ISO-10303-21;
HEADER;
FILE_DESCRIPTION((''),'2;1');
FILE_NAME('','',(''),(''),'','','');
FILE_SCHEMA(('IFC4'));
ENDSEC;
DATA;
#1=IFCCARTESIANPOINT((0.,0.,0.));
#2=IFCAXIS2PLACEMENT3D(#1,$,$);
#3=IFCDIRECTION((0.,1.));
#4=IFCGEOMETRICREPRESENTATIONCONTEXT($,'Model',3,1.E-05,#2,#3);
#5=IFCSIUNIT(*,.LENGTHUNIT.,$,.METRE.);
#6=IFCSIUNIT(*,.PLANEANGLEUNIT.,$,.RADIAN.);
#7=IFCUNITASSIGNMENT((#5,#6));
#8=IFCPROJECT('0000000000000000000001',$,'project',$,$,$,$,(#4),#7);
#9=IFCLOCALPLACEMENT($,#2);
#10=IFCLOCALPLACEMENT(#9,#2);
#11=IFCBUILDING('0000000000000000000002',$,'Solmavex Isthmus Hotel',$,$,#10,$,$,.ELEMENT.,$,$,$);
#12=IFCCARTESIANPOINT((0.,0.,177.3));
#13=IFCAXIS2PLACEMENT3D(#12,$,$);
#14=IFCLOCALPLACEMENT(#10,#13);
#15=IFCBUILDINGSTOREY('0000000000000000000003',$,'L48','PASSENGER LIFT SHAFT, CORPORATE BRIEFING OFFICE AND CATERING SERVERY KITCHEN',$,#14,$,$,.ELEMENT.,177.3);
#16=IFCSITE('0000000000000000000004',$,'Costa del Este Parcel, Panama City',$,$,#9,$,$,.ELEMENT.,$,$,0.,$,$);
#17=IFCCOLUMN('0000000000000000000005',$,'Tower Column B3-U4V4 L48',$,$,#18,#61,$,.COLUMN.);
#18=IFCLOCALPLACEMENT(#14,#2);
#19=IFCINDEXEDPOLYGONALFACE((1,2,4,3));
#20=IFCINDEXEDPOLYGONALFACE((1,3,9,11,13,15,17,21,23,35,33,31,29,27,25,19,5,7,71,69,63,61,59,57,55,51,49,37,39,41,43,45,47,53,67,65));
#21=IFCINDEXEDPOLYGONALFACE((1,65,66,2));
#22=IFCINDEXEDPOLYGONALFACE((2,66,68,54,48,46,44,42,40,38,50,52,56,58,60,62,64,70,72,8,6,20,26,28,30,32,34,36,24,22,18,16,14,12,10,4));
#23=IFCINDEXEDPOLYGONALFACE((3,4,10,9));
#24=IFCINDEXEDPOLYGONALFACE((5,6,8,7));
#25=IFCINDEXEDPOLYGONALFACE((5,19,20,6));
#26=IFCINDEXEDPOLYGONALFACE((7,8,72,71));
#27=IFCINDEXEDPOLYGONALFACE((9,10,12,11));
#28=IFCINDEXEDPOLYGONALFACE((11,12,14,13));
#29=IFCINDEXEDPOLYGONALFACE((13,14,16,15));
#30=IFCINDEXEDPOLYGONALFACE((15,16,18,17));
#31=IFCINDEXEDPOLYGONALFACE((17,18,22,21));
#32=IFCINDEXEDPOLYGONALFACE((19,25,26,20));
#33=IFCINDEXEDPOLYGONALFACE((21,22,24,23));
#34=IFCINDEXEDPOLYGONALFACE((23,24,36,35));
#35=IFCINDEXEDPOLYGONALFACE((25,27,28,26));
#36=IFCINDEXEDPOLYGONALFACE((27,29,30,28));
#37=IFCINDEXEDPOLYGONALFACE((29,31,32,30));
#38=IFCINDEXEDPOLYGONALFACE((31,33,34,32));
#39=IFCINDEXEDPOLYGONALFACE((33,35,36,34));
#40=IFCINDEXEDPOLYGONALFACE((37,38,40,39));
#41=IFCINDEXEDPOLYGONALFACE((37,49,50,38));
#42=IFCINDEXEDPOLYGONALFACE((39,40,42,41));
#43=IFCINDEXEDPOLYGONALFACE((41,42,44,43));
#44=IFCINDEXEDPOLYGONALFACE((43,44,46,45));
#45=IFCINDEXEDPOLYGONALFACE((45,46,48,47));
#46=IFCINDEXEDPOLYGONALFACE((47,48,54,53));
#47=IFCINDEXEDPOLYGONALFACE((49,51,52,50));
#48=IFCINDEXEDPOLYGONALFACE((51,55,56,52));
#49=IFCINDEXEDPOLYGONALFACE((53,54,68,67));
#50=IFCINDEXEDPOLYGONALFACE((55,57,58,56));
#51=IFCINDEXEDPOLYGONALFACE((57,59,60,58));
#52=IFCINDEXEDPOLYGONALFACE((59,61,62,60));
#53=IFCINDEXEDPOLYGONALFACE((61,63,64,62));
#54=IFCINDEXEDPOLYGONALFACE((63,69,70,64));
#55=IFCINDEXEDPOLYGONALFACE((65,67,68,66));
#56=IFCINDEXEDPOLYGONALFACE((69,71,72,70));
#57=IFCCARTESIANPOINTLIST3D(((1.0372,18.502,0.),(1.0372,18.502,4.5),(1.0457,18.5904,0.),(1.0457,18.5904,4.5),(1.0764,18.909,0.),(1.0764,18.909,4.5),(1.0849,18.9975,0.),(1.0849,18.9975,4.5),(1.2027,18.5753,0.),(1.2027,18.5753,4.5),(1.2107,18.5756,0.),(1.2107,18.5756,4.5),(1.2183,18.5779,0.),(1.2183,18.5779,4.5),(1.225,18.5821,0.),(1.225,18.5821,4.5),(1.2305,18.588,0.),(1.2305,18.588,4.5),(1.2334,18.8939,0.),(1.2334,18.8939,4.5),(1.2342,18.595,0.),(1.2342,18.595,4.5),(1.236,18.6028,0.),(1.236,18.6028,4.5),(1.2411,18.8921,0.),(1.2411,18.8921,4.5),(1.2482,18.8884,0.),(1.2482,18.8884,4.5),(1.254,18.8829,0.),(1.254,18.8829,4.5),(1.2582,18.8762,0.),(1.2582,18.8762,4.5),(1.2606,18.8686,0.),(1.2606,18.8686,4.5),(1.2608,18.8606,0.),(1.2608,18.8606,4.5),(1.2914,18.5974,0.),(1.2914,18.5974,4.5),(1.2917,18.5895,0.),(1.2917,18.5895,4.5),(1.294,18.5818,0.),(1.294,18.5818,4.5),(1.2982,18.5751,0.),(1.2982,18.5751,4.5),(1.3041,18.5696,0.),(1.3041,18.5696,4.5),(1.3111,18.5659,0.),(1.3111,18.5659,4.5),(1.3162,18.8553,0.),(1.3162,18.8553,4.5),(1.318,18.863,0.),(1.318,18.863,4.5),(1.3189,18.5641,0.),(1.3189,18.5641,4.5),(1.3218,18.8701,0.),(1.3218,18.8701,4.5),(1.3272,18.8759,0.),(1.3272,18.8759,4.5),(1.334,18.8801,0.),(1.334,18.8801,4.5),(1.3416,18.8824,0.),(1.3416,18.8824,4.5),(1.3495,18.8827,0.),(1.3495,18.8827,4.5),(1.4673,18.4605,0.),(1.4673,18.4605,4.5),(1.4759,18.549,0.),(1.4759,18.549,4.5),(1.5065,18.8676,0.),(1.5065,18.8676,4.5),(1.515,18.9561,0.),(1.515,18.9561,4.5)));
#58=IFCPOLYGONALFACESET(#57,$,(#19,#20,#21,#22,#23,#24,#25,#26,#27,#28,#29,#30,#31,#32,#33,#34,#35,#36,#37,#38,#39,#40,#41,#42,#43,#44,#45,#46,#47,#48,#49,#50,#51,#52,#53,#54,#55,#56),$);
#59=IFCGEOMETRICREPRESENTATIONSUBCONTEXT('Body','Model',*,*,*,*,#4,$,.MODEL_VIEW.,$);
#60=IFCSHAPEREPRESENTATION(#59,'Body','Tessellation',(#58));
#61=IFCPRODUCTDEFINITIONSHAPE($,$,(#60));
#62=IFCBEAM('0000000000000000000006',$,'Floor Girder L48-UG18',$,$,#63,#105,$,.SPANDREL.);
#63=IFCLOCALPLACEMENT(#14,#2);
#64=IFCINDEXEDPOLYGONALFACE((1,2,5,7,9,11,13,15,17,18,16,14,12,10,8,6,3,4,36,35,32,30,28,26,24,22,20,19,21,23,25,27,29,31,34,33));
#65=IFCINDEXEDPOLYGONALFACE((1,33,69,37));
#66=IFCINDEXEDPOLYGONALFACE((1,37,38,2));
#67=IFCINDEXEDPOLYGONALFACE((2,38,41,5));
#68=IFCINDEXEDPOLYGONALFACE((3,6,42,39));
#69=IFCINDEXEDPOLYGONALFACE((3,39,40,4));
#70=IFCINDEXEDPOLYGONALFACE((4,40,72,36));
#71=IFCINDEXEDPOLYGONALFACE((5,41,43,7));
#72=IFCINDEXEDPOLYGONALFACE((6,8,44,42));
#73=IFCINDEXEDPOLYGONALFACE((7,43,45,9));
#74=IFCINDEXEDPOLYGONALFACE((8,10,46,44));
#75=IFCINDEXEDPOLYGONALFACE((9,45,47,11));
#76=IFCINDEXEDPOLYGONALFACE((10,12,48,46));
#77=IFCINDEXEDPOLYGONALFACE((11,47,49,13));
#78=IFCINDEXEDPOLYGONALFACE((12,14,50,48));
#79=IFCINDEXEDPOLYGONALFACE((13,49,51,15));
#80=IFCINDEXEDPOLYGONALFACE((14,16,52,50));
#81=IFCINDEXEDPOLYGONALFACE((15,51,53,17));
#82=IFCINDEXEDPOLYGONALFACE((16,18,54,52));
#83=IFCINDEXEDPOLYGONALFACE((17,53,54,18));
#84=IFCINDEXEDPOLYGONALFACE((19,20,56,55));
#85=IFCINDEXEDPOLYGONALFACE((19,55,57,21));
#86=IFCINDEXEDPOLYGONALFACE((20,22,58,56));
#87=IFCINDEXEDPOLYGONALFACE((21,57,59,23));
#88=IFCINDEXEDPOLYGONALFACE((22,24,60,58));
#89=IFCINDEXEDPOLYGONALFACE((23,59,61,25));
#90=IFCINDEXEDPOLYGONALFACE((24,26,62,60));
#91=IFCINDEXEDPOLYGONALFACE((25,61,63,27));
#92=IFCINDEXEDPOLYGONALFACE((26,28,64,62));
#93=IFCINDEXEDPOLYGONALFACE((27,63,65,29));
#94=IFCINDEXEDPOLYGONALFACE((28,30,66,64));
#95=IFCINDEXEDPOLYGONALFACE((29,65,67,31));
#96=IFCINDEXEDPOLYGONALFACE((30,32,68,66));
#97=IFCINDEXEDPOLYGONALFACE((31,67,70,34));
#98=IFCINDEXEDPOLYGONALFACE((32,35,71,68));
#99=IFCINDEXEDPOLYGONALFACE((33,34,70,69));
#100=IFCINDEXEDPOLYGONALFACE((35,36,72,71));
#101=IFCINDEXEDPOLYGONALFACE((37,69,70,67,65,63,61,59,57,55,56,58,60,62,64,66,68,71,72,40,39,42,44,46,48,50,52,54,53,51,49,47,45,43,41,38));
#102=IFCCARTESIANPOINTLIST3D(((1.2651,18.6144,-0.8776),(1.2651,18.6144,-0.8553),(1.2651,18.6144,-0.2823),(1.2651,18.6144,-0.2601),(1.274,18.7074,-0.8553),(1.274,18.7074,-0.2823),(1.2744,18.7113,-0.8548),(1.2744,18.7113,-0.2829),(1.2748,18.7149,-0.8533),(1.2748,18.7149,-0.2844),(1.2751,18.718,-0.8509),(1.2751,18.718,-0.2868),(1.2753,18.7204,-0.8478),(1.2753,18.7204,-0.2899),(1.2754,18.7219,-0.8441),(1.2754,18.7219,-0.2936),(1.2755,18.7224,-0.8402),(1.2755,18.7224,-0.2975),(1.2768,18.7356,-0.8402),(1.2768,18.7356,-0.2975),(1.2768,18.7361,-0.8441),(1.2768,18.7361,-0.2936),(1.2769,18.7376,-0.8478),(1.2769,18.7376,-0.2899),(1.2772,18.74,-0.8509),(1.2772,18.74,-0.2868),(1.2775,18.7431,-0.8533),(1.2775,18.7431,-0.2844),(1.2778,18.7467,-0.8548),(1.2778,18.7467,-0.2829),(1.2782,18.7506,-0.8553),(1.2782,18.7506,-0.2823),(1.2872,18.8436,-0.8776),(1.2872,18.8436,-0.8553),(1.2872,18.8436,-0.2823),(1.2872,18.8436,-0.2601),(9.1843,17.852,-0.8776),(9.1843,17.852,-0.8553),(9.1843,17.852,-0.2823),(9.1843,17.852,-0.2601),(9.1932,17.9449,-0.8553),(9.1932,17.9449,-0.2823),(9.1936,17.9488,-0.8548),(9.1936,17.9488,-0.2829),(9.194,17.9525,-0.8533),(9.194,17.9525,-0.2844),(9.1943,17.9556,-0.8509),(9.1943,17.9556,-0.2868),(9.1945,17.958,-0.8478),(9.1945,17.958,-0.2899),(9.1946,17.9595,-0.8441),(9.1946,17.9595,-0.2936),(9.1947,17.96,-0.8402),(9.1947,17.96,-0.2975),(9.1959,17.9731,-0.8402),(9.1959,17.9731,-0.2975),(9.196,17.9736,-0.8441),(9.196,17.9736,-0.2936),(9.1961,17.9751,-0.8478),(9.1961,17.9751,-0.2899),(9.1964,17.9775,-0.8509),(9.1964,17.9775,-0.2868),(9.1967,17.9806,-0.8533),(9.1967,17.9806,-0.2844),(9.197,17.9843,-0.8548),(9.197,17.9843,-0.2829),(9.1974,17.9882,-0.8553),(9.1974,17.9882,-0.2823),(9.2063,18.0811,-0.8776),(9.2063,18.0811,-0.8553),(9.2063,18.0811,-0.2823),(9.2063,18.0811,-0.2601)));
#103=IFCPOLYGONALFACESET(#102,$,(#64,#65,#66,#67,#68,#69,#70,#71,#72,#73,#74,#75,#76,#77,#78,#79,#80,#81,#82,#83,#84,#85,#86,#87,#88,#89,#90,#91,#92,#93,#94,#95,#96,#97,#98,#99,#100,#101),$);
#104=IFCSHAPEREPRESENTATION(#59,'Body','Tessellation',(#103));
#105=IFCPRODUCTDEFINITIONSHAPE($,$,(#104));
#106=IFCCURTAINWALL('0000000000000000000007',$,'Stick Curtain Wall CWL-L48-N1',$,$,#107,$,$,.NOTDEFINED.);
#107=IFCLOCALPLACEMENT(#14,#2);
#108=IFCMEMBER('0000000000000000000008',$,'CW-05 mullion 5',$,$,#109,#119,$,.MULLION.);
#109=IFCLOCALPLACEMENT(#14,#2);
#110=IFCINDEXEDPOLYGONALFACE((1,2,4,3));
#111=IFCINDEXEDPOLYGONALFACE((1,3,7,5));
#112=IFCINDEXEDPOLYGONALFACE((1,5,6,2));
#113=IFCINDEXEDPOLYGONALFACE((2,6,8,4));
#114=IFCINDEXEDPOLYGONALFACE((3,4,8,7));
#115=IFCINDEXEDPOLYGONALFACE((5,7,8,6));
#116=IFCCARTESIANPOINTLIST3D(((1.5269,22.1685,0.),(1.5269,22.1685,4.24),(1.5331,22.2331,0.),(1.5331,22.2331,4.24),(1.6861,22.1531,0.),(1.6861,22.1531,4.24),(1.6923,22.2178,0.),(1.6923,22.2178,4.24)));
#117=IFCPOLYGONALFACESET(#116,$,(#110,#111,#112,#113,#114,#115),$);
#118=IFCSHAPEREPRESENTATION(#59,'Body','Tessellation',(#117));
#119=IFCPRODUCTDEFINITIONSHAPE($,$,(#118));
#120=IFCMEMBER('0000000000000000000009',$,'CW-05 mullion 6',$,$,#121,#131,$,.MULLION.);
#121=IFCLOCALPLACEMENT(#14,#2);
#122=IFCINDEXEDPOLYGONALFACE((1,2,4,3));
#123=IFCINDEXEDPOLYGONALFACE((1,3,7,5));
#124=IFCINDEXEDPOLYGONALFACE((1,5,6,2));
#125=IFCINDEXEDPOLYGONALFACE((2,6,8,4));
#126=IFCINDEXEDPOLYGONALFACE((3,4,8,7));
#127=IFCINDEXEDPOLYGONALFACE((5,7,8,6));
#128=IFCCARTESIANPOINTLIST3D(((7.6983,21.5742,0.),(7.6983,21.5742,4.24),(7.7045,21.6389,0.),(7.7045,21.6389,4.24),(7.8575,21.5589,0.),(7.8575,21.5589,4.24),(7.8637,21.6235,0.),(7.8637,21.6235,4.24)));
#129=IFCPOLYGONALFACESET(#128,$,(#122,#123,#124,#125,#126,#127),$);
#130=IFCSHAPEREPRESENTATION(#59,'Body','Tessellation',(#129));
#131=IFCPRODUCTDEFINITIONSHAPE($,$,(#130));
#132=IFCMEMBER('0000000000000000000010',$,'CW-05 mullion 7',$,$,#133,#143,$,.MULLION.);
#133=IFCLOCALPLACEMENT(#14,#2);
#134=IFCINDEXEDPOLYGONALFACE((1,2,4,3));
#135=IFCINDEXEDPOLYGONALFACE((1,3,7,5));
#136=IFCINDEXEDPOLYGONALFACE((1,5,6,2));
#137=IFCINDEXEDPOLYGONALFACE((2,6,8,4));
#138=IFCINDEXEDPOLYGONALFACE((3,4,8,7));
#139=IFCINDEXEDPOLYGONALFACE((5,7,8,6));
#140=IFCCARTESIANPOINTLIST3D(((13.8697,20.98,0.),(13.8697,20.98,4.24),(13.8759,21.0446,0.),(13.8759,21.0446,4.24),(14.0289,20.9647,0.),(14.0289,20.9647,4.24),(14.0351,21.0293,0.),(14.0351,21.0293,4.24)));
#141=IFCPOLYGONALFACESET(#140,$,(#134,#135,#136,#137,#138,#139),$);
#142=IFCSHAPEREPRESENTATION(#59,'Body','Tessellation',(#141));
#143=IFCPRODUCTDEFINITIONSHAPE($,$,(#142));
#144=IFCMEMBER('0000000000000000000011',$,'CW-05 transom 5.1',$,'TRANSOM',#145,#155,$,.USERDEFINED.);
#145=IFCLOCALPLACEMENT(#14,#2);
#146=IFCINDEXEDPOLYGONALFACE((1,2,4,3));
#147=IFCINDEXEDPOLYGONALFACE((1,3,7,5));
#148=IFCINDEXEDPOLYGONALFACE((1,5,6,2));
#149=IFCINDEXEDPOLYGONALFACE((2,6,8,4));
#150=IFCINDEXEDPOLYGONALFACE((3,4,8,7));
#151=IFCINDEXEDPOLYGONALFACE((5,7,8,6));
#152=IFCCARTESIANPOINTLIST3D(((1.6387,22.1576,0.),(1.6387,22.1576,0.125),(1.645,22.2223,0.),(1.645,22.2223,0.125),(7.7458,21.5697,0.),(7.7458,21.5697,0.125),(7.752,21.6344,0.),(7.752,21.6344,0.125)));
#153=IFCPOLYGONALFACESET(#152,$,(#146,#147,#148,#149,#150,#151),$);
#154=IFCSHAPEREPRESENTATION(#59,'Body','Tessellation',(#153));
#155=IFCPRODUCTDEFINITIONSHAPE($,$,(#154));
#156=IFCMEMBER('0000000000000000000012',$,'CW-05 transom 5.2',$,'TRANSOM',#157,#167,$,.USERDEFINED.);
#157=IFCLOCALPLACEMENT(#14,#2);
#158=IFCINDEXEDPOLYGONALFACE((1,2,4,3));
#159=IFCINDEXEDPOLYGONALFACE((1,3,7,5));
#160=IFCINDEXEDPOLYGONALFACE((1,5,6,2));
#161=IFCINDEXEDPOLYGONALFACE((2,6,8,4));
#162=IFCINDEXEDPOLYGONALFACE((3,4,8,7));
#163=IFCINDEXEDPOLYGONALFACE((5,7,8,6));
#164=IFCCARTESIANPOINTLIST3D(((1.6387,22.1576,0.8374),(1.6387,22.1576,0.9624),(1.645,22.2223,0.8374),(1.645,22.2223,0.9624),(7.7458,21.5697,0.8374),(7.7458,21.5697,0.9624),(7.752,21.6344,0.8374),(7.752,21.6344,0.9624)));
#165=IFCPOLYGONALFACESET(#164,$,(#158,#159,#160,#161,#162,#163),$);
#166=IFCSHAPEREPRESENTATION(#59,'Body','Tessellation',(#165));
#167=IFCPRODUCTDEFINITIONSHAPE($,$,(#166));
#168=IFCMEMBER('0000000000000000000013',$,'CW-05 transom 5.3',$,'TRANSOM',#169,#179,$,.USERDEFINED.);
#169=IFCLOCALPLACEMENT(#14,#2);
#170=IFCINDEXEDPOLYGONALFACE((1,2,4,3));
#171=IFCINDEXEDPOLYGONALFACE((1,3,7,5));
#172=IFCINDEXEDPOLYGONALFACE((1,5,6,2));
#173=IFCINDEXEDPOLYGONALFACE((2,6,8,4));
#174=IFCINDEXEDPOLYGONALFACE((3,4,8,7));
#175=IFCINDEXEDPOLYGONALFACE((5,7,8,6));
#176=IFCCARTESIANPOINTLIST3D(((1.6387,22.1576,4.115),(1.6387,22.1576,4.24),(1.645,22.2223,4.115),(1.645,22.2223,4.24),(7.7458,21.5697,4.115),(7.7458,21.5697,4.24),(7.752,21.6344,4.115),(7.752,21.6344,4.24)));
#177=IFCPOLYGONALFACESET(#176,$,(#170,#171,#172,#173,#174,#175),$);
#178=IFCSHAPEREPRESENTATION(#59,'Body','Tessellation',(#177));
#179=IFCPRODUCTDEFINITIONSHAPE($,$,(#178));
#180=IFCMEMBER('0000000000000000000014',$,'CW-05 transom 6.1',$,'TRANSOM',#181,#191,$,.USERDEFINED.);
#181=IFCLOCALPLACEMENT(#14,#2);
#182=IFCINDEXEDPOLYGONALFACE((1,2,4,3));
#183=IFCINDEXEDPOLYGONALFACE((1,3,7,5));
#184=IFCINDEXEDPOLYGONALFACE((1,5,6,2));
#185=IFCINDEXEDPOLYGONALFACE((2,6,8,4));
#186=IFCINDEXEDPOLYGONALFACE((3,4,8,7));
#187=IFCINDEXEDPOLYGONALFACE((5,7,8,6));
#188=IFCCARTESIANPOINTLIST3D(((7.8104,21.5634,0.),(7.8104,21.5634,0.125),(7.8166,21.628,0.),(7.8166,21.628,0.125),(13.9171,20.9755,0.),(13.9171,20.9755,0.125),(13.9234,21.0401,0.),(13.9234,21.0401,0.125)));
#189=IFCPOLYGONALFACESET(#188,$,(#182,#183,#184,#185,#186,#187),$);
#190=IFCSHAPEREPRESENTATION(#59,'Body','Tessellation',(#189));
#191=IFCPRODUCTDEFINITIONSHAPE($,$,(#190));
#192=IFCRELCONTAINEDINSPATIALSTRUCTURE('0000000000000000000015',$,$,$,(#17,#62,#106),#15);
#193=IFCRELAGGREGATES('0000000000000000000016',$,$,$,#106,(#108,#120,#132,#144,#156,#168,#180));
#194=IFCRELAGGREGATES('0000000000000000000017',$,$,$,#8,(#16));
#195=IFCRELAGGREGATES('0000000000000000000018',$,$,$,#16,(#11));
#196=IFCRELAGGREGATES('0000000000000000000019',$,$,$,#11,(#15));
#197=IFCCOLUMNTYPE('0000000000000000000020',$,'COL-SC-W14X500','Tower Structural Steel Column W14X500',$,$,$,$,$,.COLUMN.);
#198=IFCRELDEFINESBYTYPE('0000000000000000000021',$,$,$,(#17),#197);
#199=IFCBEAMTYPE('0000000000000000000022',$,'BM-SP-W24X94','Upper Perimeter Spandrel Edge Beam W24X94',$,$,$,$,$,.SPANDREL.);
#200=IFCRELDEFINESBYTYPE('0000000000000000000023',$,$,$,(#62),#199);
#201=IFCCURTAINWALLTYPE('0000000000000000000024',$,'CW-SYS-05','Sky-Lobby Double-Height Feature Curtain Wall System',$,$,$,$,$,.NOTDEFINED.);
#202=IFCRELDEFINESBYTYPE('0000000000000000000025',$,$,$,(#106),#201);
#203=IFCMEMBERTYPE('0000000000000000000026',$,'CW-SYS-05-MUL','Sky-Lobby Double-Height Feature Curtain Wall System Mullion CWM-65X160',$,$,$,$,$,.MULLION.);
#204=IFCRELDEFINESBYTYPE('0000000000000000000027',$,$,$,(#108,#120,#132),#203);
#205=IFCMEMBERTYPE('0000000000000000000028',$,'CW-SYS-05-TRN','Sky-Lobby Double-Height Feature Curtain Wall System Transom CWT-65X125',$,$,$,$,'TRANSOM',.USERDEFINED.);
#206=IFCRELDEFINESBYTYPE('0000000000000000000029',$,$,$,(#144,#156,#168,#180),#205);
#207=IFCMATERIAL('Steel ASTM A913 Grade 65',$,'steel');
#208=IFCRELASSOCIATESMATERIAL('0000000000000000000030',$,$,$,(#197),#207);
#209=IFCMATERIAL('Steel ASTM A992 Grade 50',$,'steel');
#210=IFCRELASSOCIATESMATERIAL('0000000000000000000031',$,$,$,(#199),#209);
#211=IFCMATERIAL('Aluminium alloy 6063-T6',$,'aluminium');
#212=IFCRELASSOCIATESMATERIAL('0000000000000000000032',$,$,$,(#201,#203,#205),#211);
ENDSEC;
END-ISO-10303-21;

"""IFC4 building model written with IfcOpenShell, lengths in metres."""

from ifc_helpers import new_model, si_unit, direction, frame, origin, origin_2d, place, context, subcontext, project, spatial, rectangle, i_section, extrude, material, material_profile, profile_set, type_object, element, aggregate, save


model = new_model("IFC4")

# Units and contexts
model_context = context("Model", 3, precision=1e-05, world=origin(), true_north=direction((0.0, 1.0)))
body_context = subcontext(model_context, "Body", "Model", "MODEL_VIEW")
ifc_project = project(units=[si_unit("LENGTHUNIT", "METRE"), si_unit("PLANEANGLEUNIT", "RADIAN")], contexts=[model_context])

# Site, building, storey
site_placement = place(None, origin())
site = spatial("IfcSite", under=ifc_project, at=site_placement, Name="Costa del Este Parcel, Panama City", CompositionType="ELEMENT", RefElevation=0.0)
building_placement = place(site_placement, origin())
building = spatial("IfcBuilding", under=site, at=building_placement, Name="Solmavex Isthmus Hotel", CompositionType="ELEMENT")
storey_placement = place(building_placement, frame((0.0, 0.0, 177.3)))
storey = spatial("IfcBuildingStorey", under=building, at=storey_placement, Name="L48", Description="PASSENGER LIFT SHAFT, CORPORATE BRIEFING OFFICE AND CATERING SERVERY KITCHEN", CompositionType="ELEMENT", Elevation=177.3)

# Column
ifc_material_1 = material(Name="Steel ASTM A913 Grade 65", Category="steel")
ifc_material_profile_1 = material_profile(ifc_material_1, i_section(OverallWidth=0.4321, OverallDepth=0.4978, WebThickness=0.0557, FlangeThickness=0.0889, FilletRadius=0.0305, at=origin_2d()), Name="W14X500")
ifc_profile_set_1 = profile_set([ifc_material_profile_1], Name="Steel ASTM A913 Grade 65")
column_type = type_object("IfcColumnType", Name="COL-SC-W14X500", Description="Tower Structural Steel Column W14X500", PredefinedType="COLUMN", material=ifc_profile_set_1)
column_placement = place(storey_placement, frame((1.2761, 18.729, 0.0), z_axis=(0.0, 0.0, 1.0), x_axis=(0.995396, -0.095846, 0.0)))
element("IfcColumn", 1, at=column_placement, inside=storey, type_object=column_type, Name="Tower Column B3-U4V4 L48", PredefinedType="COLUMN", context=body_context, shape_type="SweptSolid", body=[
    extrude(i_section(OverallWidth=0.4321, OverallDepth=0.4978, WebThickness=0.0557, FlangeThickness=0.0889, FilletRadius=0.0305, at=origin_2d()), origin(), (0.0, 0.0, 1.0), 4.5),
])

# Beam
ifc_material_2 = material(Name="Steel ASTM A992 Grade 50", Category="steel")
ifc_material_profile_2 = material_profile(ifc_material_2, i_section(OverallWidth=0.2302, OverallDepth=0.6174, WebThickness=0.0132, FlangeThickness=0.0222, FilletRadius=0.0151, at=origin_2d()), Name="W24X94")
ifc_profile_set_2 = profile_set([ifc_material_profile_2], Name="Steel ASTM A992 Grade 50")
beam_type = type_object("IfcBeamType", Name="BM-SP-W24X94", Description="Upper Perimeter Spandrel Edge Beam W24X94", PredefinedType="SPANDREL", material=ifc_profile_set_2)
beam_placement = place(storey_placement, frame((1.2761, 18.729, -0.5688), z_axis=(0.995397, -0.095836, 0.0), x_axis=(0.095836, 0.995397, 0.0)))
element("IfcBeam", 2, at=beam_placement, inside=storey, type_object=beam_type, Name="Floor Girder L48-UG18", PredefinedType="SPANDREL", context=body_context, shape_type="SweptSolid", body=[
    extrude(i_section(OverallWidth=0.2302, OverallDepth=0.6174, WebThickness=0.0132, FlangeThickness=0.0222, FilletRadius=0.0151, at=origin_2d()), origin(), (0.0, 0.0, 1.0), 7.9558),
])

# Curtain wall, members
ifc_material_3 = material(Name="Aluminium alloy 6063-T6", Category="aluminium")
curtain_wall_type = type_object("IfcCurtainWallType", Name="CW-SYS-05", Description="Sky-Lobby Double-Height Feature Curtain Wall System", PredefinedType="NOTDEFINED", material=ifc_material_3)
curtain_wall_placement = place(storey_placement, origin())
curtain_wall = element("IfcCurtainWall", 3, at=curtain_wall_placement, inside=storey, type_object=curtain_wall_type, Name="Stick Curtain Wall CWL-L48-N1", PredefinedType="NOTDEFINED")
ifc_material_profile_3 = material_profile(ifc_material_3, rectangle(XDim=0.0649, YDim=0.1599, at=origin_2d()), Name="CWM-65X160")
ifc_profile_set_3 = profile_set([ifc_material_profile_3], Name="Aluminium alloy 6063-T6")
member_type_1 = type_object("IfcMemberType", Name="CW-SYS-05-MUL", Description="Sky-Lobby Double-Height Feature Curtain Wall System Mullion CWM-65X160", PredefinedType="MULLION", material=ifc_profile_set_3)
member_1_placement = place(storey_placement, frame((1.6096, 22.1931, 0.0), z_axis=(0.0, 0.0, 1.0), x_axis=(0.095846, 0.995396, 0.0)))
member_1 = element("IfcMember", 4, at=member_1_placement, type_object=member_type_1, Name="CW-05 mullion 5", PredefinedType="MULLION", context=body_context, shape_type="SweptSolid", body=[
    extrude(rectangle(XDim=0.0649, YDim=0.1599, at=origin_2d()), origin(), (0.0, 0.0, 1.0), 4.24),
])
member_2_placement = place(storey_placement, frame((7.781, 21.5989, 0.0), z_axis=(0.0, 0.0, 1.0), x_axis=(0.095846, 0.995396, 0.0)))
member_2 = element("IfcMember", 5, at=member_2_placement, type_object=member_type_1, Name="CW-05 mullion 6", PredefinedType="MULLION", context=body_context, shape_type="SweptSolid", body=[
    extrude(rectangle(XDim=0.0649, YDim=0.1599, at=origin_2d()), origin(), (0.0, 0.0, 1.0), 4.24),
])
member_3_placement = place(storey_placement, frame((13.9524, 21.0046, 0.0), z_axis=(0.0, 0.0, 1.0), x_axis=(0.095846, 0.995396, 0.0)))
member_3 = element("IfcMember", 6, at=member_3_placement, type_object=member_type_1, Name="CW-05 mullion 7", PredefinedType="MULLION", context=body_context, shape_type="SweptSolid", body=[
    extrude(rectangle(XDim=0.0649, YDim=0.1599, at=origin_2d()), origin(), (0.0, 0.0, 1.0), 4.24),
])
ifc_material_profile_4 = material_profile(ifc_material_3, rectangle(XDim=0.0649, YDim=0.125, at=origin_2d()), Name="CWT-65X125")
ifc_profile_set_4 = profile_set([ifc_material_profile_4], Name="Aluminium alloy 6063-T6")
member_type_2 = type_object("IfcMemberType", Name="CW-SYS-05-TRN", Description="Sky-Lobby Double-Height Feature Curtain Wall System Transom CWT-65X125", ElementType="TRANSOM", PredefinedType="USERDEFINED", material=ifc_profile_set_4)
member_4_placement = place(storey_placement, frame((1.6418, 22.1899, 0.0625), z_axis=(0.995398, -0.095823, 0.0), x_axis=(0.095823, 0.995398, 0.0)))
member_4 = element("IfcMember", 7, at=member_4_placement, type_object=member_type_2, Name="CW-05 transom 5.1", ObjectType="TRANSOM", PredefinedType="USERDEFINED", context=body_context, shape_type="SweptSolid", body=[
    extrude(rectangle(XDim=0.0649, YDim=0.125, at=origin_2d()), origin(), (0.0, 0.0, 1.0), 6.1353),
])
member_5_placement = place(storey_placement, frame((1.6418, 22.1899, 0.8999), z_axis=(0.995398, -0.095823, 0.0), x_axis=(0.095823, 0.995398, 0.0)))
member_5 = element("IfcMember", 8, at=member_5_placement, type_object=member_type_2, Name="CW-05 transom 5.2", ObjectType="TRANSOM", PredefinedType="USERDEFINED", context=body_context, shape_type="SweptSolid", body=[
    extrude(rectangle(XDim=0.0649, YDim=0.125, at=origin_2d()), origin(), (0.0, 0.0, 1.0), 6.1353),
])
member_6_placement = place(storey_placement, frame((1.6418, 22.1899, 4.1775), z_axis=(0.995398, -0.095823, 0.0), x_axis=(0.095823, 0.995398, 0.0)))
member_6 = element("IfcMember", 9, at=member_6_placement, type_object=member_type_2, Name="CW-05 transom 5.3", ObjectType="TRANSOM", PredefinedType="USERDEFINED", context=body_context, shape_type="SweptSolid", body=[
    extrude(rectangle(XDim=0.0649, YDim=0.125, at=origin_2d()), origin(), (0.0, 0.0, 1.0), 6.1353),
])
member_7_placement = place(storey_placement, frame((7.8135, 21.5957, 0.0625), z_axis=(0.995398, -0.095827, 0.0), x_axis=(0.095827, 0.995398, 0.0)))
member_7 = element("IfcMember", 10, at=member_7_placement, type_object=member_type_2, Name="CW-05 transom 6.1", ObjectType="TRANSOM", PredefinedType="USERDEFINED", context=body_context, shape_type="SweptSolid", body=[
    extrude(rectangle(XDim=0.0649, YDim=0.125, at=origin_2d()), origin(), (0.0, 0.0, 1.0), 6.135),
])
aggregate(curtain_wall, [member_1, member_2, member_3, member_4, member_5, member_6, member_7])

save(model, "model.ifc")
